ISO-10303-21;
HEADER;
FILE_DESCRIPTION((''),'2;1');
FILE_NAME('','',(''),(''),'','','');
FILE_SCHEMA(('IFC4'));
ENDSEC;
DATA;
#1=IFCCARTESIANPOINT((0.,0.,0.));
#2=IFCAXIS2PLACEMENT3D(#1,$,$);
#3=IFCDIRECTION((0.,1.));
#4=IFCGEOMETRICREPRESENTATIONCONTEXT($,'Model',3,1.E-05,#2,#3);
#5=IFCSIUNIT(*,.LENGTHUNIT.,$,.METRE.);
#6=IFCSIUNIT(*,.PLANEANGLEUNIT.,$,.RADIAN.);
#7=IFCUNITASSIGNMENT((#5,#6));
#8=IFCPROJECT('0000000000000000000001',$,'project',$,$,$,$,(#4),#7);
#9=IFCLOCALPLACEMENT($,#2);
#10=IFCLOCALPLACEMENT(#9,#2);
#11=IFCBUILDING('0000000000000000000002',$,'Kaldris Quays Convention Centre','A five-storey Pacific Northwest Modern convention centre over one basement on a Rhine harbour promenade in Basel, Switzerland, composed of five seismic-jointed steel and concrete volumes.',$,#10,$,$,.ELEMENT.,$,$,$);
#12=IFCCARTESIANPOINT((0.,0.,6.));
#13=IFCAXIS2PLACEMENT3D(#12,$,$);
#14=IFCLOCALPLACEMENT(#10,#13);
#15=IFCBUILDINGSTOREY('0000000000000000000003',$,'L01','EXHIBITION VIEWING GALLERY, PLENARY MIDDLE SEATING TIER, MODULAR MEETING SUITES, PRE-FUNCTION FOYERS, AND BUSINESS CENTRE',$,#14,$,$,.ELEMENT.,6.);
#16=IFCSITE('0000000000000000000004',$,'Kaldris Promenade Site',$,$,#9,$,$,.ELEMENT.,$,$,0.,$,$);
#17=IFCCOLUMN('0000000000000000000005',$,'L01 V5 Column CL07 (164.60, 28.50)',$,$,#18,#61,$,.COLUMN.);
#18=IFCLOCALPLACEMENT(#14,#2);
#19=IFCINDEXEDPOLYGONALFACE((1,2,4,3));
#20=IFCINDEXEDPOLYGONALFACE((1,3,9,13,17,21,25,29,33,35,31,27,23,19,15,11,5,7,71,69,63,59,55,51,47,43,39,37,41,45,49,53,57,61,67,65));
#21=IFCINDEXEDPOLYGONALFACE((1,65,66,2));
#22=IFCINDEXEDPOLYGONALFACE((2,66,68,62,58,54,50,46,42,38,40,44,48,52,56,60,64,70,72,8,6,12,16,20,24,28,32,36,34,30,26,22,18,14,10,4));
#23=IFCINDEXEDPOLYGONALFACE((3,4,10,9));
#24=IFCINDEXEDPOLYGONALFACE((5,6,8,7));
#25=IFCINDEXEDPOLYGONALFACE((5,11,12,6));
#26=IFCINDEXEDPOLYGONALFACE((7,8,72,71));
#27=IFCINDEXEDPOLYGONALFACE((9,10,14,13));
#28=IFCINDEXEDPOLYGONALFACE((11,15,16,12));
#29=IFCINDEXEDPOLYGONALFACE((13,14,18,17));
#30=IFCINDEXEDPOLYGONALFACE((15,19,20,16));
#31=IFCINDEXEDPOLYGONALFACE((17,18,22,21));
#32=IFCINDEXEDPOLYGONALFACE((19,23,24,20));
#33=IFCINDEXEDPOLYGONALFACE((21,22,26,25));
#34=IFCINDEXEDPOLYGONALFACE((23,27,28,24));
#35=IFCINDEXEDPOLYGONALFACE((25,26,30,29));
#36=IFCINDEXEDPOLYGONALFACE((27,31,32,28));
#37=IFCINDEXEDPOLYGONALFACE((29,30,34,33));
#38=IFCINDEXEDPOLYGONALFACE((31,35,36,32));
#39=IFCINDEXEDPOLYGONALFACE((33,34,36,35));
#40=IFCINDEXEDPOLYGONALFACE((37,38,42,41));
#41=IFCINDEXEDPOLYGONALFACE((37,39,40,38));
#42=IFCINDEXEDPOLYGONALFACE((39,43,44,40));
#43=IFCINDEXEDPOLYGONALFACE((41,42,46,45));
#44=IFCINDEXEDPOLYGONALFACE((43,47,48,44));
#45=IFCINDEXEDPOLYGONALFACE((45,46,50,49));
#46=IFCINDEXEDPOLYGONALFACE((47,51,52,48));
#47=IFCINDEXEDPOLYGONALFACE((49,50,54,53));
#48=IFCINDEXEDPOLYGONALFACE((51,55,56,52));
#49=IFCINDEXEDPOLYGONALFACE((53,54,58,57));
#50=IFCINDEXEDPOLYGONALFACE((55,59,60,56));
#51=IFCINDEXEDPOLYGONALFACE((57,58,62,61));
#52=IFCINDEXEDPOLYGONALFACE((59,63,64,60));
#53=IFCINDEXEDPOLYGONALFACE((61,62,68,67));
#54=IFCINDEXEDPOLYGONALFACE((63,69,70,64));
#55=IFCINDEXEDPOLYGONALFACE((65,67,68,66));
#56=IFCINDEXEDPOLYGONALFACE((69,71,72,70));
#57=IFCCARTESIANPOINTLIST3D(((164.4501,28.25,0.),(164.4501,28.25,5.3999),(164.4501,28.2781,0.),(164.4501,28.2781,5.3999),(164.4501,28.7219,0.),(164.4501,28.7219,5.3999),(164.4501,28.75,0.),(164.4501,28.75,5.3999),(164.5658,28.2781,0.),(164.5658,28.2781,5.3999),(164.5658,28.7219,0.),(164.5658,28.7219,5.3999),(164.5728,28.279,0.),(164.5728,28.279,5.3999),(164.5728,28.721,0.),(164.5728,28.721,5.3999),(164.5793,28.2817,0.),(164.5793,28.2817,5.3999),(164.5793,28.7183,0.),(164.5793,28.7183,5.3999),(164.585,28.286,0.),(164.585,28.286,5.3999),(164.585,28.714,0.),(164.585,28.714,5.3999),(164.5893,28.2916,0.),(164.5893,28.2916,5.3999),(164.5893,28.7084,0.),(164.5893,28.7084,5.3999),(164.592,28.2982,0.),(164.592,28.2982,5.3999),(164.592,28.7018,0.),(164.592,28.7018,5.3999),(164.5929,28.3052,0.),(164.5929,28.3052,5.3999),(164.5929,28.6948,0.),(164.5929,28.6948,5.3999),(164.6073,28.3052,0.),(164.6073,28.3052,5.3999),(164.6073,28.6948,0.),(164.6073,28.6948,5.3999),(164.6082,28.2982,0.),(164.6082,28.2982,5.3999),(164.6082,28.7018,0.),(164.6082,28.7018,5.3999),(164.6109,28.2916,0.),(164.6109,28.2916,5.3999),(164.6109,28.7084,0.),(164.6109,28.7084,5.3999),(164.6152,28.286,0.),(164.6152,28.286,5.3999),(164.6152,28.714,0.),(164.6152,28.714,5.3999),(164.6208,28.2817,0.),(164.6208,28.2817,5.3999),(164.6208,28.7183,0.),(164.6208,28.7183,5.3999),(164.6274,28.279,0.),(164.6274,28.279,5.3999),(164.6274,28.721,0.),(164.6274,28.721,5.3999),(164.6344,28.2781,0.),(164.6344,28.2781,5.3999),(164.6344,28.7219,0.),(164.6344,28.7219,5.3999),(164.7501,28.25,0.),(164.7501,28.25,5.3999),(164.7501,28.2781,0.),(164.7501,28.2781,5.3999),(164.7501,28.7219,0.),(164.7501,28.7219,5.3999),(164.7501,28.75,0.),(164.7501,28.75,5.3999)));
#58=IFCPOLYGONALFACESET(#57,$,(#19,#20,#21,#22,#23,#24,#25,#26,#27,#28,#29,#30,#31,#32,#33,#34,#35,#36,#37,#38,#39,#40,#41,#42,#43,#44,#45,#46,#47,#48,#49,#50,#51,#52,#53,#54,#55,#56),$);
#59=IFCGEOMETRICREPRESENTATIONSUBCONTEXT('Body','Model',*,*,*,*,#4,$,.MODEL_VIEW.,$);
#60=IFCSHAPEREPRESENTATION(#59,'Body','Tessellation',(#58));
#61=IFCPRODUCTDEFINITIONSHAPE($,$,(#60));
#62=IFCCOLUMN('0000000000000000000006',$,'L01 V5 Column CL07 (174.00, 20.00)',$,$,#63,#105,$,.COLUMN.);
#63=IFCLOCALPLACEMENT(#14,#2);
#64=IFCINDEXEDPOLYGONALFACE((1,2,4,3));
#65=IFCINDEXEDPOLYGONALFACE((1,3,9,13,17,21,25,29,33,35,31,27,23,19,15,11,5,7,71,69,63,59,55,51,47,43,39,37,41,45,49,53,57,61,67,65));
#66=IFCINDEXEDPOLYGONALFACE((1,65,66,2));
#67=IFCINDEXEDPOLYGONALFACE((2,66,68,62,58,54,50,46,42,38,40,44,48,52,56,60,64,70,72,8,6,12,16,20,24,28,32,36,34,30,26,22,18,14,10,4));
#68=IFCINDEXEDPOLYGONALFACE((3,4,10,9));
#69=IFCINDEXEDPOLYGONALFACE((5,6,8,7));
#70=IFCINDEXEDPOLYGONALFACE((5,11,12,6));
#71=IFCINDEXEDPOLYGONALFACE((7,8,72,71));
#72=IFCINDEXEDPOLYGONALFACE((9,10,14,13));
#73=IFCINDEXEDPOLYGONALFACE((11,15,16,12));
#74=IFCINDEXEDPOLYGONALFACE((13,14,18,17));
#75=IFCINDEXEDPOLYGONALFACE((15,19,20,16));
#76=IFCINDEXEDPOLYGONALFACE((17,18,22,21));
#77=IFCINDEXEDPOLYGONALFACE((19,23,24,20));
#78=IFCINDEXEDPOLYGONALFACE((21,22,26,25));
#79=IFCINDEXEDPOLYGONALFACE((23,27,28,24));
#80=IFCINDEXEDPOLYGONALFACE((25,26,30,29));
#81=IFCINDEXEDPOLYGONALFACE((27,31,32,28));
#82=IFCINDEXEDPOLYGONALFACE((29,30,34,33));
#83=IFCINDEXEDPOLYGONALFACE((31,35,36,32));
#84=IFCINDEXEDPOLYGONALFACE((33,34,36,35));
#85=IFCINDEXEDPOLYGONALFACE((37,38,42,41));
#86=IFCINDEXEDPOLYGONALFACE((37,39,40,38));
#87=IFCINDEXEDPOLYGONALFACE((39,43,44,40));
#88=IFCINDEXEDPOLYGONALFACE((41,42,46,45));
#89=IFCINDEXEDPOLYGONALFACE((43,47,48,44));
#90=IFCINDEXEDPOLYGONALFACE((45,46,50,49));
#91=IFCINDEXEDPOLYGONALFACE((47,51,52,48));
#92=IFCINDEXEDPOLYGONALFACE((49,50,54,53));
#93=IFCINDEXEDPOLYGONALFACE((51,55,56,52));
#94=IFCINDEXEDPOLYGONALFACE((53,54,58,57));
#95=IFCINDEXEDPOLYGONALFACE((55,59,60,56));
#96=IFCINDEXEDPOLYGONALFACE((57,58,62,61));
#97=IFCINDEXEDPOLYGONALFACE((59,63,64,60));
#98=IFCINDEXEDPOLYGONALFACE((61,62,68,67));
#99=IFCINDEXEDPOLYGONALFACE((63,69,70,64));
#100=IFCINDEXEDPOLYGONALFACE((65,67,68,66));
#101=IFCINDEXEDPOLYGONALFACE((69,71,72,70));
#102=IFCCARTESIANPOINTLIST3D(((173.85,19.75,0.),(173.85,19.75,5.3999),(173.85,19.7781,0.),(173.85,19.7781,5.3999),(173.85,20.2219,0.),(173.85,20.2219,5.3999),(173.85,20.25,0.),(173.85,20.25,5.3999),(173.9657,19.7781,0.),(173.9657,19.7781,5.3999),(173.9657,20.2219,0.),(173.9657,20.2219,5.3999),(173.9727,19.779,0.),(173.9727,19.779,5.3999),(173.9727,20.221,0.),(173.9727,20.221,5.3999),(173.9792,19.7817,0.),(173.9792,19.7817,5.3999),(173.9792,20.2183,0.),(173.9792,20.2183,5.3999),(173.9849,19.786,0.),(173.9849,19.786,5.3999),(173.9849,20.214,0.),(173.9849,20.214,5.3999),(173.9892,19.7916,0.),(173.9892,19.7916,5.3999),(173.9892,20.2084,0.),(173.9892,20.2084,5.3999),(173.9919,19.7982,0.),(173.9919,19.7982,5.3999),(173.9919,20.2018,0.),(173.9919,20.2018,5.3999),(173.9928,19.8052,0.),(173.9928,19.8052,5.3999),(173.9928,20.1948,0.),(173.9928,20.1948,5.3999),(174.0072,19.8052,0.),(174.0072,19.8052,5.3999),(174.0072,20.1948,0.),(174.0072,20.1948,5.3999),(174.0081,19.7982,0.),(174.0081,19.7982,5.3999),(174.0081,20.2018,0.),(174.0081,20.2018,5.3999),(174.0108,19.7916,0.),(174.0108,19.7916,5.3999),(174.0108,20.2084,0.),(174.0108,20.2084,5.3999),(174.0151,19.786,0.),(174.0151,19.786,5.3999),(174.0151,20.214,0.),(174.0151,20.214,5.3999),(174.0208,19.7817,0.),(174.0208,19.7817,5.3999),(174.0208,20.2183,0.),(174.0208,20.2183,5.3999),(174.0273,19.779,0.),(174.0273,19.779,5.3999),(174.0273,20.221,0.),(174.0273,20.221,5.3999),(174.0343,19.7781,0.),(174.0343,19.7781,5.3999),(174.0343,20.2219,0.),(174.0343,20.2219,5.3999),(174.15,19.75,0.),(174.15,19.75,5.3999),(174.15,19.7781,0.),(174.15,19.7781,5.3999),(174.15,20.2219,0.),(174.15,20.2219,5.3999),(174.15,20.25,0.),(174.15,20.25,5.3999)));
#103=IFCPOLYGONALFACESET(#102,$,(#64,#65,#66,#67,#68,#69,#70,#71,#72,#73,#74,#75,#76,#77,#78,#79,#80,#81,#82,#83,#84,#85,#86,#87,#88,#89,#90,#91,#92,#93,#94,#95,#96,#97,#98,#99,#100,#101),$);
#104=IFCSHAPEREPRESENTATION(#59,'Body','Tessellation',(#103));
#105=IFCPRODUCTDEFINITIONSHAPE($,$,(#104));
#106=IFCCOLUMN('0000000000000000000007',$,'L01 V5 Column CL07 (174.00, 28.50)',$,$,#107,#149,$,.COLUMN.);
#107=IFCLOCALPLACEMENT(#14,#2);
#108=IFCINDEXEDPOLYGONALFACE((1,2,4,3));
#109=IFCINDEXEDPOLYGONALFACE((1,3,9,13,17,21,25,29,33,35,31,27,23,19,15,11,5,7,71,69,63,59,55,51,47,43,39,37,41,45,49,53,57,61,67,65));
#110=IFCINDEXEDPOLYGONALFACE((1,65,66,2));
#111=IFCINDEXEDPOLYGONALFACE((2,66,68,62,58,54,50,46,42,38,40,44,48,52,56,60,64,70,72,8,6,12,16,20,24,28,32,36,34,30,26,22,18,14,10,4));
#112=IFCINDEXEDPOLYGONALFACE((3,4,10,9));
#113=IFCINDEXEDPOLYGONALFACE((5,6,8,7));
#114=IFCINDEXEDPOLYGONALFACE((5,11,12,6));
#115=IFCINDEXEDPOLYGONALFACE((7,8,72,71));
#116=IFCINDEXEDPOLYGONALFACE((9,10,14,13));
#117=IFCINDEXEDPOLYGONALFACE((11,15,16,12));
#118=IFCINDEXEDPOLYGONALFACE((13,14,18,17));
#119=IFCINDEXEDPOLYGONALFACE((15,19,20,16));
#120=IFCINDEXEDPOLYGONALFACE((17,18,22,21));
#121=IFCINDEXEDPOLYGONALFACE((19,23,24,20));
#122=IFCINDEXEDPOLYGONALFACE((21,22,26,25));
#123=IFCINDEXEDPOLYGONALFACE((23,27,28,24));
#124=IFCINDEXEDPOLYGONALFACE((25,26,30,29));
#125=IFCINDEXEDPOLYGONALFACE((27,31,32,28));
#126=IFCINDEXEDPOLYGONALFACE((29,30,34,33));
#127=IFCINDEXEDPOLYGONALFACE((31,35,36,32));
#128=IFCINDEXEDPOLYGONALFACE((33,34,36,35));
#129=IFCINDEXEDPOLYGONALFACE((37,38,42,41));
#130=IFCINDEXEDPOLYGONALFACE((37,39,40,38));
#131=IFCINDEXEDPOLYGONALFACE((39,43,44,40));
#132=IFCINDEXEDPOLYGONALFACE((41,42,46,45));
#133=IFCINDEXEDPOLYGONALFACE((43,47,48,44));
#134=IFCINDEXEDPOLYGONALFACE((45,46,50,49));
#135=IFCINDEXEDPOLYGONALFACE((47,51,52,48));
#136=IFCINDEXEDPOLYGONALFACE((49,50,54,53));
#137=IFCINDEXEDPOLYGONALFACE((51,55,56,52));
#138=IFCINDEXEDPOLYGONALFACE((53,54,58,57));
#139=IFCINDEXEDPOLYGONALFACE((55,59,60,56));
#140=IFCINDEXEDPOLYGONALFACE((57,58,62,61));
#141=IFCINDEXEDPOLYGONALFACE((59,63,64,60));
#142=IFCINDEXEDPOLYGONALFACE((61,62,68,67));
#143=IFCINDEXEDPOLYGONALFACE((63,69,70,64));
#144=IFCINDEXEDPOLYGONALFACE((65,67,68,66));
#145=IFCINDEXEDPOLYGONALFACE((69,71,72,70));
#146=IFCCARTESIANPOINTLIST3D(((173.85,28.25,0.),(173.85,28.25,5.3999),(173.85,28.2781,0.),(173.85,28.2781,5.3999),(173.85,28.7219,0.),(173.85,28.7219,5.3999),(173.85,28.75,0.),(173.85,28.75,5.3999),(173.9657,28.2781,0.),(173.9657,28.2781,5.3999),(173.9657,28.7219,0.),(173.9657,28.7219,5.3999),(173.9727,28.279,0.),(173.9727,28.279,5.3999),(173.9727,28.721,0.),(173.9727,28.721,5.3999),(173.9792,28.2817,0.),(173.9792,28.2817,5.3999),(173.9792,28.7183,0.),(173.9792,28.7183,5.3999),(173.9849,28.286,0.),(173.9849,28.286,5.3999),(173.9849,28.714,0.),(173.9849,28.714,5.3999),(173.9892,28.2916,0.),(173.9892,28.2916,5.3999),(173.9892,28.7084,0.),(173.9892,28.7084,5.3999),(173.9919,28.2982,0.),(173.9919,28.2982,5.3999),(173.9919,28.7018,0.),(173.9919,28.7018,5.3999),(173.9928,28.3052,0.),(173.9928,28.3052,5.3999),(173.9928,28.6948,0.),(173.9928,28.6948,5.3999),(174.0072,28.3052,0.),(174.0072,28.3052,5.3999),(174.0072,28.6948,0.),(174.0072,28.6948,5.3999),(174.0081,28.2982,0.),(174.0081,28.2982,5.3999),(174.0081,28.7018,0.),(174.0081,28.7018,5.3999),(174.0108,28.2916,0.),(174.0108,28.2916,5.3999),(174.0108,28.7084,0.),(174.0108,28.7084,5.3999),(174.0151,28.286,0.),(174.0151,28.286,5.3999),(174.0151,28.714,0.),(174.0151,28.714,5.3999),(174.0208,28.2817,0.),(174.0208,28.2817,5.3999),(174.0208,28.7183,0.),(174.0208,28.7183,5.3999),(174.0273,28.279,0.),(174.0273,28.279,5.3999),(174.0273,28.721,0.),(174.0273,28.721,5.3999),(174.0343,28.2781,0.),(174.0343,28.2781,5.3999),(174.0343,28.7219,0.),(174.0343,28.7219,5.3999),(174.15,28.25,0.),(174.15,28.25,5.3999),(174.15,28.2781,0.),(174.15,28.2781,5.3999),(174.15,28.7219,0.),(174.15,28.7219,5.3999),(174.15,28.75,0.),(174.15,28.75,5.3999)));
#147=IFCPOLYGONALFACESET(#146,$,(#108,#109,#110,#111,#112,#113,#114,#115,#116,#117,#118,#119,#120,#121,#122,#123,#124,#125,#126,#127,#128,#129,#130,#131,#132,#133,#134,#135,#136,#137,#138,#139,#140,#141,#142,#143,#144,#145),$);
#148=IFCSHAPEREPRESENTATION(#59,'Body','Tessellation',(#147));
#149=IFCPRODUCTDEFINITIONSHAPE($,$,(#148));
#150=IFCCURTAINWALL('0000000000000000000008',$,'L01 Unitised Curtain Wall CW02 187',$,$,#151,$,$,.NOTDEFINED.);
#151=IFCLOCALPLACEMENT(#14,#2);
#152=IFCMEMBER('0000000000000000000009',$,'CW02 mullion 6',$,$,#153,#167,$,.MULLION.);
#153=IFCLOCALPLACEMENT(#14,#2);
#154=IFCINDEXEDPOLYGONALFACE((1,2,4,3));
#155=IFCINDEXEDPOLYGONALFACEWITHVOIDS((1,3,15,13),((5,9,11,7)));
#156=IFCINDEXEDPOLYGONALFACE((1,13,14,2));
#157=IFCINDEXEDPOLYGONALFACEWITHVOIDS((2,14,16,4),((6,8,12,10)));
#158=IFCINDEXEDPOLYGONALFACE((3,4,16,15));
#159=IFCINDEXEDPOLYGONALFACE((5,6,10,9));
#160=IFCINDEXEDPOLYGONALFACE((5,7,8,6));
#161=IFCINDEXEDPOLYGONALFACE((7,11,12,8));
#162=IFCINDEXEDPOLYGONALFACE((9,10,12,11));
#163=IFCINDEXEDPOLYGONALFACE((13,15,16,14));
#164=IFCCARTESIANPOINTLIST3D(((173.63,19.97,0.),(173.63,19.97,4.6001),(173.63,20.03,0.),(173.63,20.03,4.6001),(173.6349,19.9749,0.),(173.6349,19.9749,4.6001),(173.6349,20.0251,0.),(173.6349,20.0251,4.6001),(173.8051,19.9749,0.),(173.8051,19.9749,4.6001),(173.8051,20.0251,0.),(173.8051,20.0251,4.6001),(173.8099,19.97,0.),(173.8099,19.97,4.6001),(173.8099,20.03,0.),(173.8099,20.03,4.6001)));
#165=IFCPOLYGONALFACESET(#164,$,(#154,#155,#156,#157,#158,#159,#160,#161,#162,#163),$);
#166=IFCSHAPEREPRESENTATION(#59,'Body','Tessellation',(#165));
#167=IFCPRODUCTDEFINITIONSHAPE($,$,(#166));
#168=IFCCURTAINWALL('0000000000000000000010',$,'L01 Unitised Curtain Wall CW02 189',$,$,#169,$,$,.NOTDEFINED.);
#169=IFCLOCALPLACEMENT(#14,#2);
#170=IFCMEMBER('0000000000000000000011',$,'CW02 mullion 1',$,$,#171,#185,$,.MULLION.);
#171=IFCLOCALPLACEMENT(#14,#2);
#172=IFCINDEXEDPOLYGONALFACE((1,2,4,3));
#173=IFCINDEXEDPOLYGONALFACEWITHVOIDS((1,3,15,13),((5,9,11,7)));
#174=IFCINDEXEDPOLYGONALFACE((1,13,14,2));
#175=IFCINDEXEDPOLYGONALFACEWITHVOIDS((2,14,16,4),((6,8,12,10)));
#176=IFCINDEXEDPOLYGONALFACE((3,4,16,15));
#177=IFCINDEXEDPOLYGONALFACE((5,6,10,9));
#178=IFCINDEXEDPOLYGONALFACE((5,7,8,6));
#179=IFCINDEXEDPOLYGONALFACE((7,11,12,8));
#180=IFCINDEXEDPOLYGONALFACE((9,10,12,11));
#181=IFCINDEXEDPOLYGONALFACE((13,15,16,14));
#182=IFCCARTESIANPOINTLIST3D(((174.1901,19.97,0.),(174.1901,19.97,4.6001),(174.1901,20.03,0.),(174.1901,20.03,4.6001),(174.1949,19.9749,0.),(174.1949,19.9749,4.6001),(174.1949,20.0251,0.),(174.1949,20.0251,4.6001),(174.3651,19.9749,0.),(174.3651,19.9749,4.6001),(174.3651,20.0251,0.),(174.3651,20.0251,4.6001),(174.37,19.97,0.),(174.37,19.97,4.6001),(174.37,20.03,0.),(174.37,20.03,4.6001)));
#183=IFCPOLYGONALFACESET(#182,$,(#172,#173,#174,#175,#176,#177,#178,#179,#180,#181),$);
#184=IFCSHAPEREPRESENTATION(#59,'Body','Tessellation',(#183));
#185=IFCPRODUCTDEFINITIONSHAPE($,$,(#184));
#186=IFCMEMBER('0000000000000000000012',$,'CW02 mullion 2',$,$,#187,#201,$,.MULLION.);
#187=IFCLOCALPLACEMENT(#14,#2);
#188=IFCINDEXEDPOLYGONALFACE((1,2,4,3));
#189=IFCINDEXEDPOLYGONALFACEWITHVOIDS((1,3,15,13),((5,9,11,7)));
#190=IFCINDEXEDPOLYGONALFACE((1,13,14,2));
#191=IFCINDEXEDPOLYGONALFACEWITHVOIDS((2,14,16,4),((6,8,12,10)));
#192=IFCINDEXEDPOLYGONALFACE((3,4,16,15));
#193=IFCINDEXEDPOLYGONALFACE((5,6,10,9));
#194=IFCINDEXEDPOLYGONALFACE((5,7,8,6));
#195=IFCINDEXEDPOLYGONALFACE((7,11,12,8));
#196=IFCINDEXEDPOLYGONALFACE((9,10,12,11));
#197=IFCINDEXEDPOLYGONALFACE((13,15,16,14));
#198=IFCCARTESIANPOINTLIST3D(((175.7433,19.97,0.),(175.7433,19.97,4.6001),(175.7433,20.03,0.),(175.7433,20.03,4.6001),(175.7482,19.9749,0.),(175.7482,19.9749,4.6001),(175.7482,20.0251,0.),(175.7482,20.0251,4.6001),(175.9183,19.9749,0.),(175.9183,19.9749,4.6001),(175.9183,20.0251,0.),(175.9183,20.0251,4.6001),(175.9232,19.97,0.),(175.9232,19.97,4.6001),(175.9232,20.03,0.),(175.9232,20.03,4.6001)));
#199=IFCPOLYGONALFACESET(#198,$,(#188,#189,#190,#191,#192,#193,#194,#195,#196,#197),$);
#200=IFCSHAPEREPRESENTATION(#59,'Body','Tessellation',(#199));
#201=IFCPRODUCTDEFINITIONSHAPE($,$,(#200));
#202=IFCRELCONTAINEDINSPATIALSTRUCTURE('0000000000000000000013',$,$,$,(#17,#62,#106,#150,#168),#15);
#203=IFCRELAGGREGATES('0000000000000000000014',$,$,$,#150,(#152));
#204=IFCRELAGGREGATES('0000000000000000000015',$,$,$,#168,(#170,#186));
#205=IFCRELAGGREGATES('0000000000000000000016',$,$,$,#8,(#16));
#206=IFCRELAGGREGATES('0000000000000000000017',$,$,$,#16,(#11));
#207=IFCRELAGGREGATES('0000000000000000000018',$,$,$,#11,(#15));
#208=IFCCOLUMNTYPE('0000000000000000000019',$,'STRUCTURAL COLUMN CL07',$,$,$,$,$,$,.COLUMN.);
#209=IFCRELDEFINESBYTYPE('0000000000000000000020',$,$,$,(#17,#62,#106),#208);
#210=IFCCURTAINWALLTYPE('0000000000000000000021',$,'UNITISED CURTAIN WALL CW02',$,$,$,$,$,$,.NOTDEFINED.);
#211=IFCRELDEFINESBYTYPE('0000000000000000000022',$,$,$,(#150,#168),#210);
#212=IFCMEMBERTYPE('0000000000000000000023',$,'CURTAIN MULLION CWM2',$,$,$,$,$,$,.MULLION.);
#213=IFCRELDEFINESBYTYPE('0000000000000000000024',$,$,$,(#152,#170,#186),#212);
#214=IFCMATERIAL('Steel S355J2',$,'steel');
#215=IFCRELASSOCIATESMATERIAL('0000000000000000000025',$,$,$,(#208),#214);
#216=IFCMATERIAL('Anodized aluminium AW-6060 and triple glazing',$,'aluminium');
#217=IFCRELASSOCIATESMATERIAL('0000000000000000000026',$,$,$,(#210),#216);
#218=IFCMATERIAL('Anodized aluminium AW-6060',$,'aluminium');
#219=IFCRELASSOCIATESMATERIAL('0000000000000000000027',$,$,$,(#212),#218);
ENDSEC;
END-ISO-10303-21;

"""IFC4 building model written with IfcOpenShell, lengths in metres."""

from ifc_helpers import new_model, si_unit, direction, frame, origin, origin_2d, place, context, subcontext, project, spatial, hollow_rectangle, i_section, extrude, material, material_profile, profile_set, type_object, element, aggregate, save


model = new_model("IFC4")

# Units and contexts
model_context = context("Model", 3, precision=1e-05, world=origin(), true_north=direction((0.0, 1.0)))
body_context = subcontext(model_context, "Body", "Model", "MODEL_VIEW")
ifc_project = project(units=[si_unit("LENGTHUNIT", "METRE"), si_unit("PLANEANGLEUNIT", "RADIAN")], contexts=[model_context])

# Site, building, storey
site_placement = place(None, origin())
site = spatial("IfcSite", under=ifc_project, at=site_placement, Name="Kaldris Promenade Site", CompositionType="ELEMENT", RefElevation=0.0)
building_placement = place(site_placement, origin())
building = spatial("IfcBuilding", under=site, at=building_placement, Name="Kaldris Quays Convention Centre", Description="A five-storey Pacific Northwest Modern convention centre over one basement on a Rhine harbour promenade in Basel, Switzerland, composed of five seismic-jointed steel and concrete volumes.", CompositionType="ELEMENT")
storey_placement = place(building_placement, frame((0.0, 0.0, 6.0)))
storey = spatial("IfcBuildingStorey", under=building, at=storey_placement, Name="L01", Description="EXHIBITION VIEWING GALLERY, PLENARY MIDDLE SEATING TIER, MODULAR MEETING SUITES, PRE-FUNCTION FOYERS, AND BUSINESS CENTRE", CompositionType="ELEMENT", Elevation=6.0)

# Columns
ifc_material_1 = material(Name="Steel S355J2", Category="steel")
ifc_material_profile_1 = material_profile(ifc_material_1, i_section(OverallWidth=0.3, OverallDepth=0.5, WebThickness=0.0144, FlangeThickness=0.0281, FilletRadius=0.0271, at=origin_2d()), Name="HEB 500")
ifc_profile_set_1 = profile_set([ifc_material_profile_1], Name="Steel S355J2")
column_type = type_object("IfcColumnType", Name="STRUCTURAL COLUMN CL07", PredefinedType="COLUMN", material=ifc_profile_set_1)
for number, where, z_axis, x_axis, name in (
    (1, (164.6001, 28.5, 0.0), (0.0, 0.0, 1.0), (1.0, 0.0, 0.0), "L01 V5 Column CL07 (164.60, 28.50)"),
    (2, (174.0, 20.0, 0.0), (0.0, 0.0, 1.0), (1.0, 0.0, 0.0), "L01 V5 Column CL07 (174.00, 20.00)"),
    (3, (174.0, 28.5, 0.0), (0.0, 0.0, 1.0), (1.0, 0.0, 0.0), "L01 V5 Column CL07 (174.00, 28.50)"),
):
    element("IfcColumn", number, at=place(storey_placement, frame(where, z_axis=z_axis, x_axis=x_axis)), inside=storey, type_object=column_type, Name=name, PredefinedType="COLUMN", context=body_context, shape_type="SweptSolid", body=[
        extrude(i_section(OverallWidth=0.3, OverallDepth=0.5, WebThickness=0.0144, FlangeThickness=0.0281, FilletRadius=0.0271, at=origin_2d()), origin(), (0.0, 0.0, 1.0), 5.3999),
    ])

# Curtain wall, member
ifc_material_2 = material(Name="Anodized aluminium AW-6060 and triple glazing", Category="aluminium")
curtain_wall_type = type_object("IfcCurtainWallType", Name="UNITISED CURTAIN WALL CW02", PredefinedType="NOTDEFINED", material=ifc_material_2)
curtain_wall_1_placement = place(storey_placement, origin())
curtain_wall_1 = element("IfcCurtainWall", 4, at=curtain_wall_1_placement, inside=storey, type_object=curtain_wall_type, Name="L01 Unitised Curtain Wall CW02 187", PredefinedType="NOTDEFINED")
ifc_material_3 = material(Name="Anodized aluminium AW-6060", Category="aluminium")
ifc_material_profile_2 = material_profile(ifc_material_3, hollow_rectangle(XDim=0.0601, YDim=0.1799, WallThickness=0.0049, at=origin_2d()), Name="RHS 180x60x5")
ifc_profile_set_2 = profile_set([ifc_material_profile_2], Name="Anodized aluminium AW-6060")
member_type_1 = type_object("IfcMemberType", Name="CURTAIN MULLION CWM2", PredefinedType="MULLION", material=ifc_profile_set_2)
member_1_placement = place(storey_placement, frame((173.72, 20.0, 0.0), z_axis=(0.0, 0.0, 1.0), x_axis=(0.0, 1.0, 0.0)))
member_1 = element("IfcMember", 5, at=member_1_placement, type_object=member_type_1, Name="CW02 mullion 6", PredefinedType="MULLION", context=body_context, shape_type="SweptSolid", body=[
    extrude(hollow_rectangle(XDim=0.0601, YDim=0.1799, WallThickness=0.0049, at=origin_2d()), origin(), (0.0, 0.0, 1.0), 4.6001),
])
aggregate(curtain_wall_1, [member_1])

# Curtain wall, members
curtain_wall_2_placement = place(storey_placement, origin())
curtain_wall_2 = element("IfcCurtainWall", 6, at=curtain_wall_2_placement, inside=storey, type_object=curtain_wall_type, Name="L01 Unitised Curtain Wall CW02 189", PredefinedType="NOTDEFINED")
member_2_placement = place(storey_placement, frame((174.28, 20.0, 0.0), z_axis=(0.0, 0.0, 1.0), x_axis=(0.0, 1.0, 0.0)))
member_2 = element("IfcMember", 7, at=member_2_placement, type_object=member_type_1, Name="CW02 mullion 1", PredefinedType="MULLION", context=body_context, shape_type="SweptSolid", body=[
    extrude(hollow_rectangle(XDim=0.0601, YDim=0.1799, WallThickness=0.0049, at=origin_2d()), origin(), (0.0, 0.0, 1.0), 4.6001),
])
member_3_placement = place(storey_placement, frame((175.8333, 20.0, 0.0), z_axis=(0.0, 0.0, 1.0), x_axis=(0.0, 1.0, 0.0)))
member_3 = element("IfcMember", 8, at=member_3_placement, type_object=member_type_1, Name="CW02 mullion 2", PredefinedType="MULLION", context=body_context, shape_type="SweptSolid", body=[
    extrude(hollow_rectangle(XDim=0.0601, YDim=0.1799, WallThickness=0.0049, at=origin_2d()), origin(), (0.0, 0.0, 1.0), 4.6001),
])

aggregate(curtain_wall_2, [member_2, member_3])

save(model, "model.ifc")
